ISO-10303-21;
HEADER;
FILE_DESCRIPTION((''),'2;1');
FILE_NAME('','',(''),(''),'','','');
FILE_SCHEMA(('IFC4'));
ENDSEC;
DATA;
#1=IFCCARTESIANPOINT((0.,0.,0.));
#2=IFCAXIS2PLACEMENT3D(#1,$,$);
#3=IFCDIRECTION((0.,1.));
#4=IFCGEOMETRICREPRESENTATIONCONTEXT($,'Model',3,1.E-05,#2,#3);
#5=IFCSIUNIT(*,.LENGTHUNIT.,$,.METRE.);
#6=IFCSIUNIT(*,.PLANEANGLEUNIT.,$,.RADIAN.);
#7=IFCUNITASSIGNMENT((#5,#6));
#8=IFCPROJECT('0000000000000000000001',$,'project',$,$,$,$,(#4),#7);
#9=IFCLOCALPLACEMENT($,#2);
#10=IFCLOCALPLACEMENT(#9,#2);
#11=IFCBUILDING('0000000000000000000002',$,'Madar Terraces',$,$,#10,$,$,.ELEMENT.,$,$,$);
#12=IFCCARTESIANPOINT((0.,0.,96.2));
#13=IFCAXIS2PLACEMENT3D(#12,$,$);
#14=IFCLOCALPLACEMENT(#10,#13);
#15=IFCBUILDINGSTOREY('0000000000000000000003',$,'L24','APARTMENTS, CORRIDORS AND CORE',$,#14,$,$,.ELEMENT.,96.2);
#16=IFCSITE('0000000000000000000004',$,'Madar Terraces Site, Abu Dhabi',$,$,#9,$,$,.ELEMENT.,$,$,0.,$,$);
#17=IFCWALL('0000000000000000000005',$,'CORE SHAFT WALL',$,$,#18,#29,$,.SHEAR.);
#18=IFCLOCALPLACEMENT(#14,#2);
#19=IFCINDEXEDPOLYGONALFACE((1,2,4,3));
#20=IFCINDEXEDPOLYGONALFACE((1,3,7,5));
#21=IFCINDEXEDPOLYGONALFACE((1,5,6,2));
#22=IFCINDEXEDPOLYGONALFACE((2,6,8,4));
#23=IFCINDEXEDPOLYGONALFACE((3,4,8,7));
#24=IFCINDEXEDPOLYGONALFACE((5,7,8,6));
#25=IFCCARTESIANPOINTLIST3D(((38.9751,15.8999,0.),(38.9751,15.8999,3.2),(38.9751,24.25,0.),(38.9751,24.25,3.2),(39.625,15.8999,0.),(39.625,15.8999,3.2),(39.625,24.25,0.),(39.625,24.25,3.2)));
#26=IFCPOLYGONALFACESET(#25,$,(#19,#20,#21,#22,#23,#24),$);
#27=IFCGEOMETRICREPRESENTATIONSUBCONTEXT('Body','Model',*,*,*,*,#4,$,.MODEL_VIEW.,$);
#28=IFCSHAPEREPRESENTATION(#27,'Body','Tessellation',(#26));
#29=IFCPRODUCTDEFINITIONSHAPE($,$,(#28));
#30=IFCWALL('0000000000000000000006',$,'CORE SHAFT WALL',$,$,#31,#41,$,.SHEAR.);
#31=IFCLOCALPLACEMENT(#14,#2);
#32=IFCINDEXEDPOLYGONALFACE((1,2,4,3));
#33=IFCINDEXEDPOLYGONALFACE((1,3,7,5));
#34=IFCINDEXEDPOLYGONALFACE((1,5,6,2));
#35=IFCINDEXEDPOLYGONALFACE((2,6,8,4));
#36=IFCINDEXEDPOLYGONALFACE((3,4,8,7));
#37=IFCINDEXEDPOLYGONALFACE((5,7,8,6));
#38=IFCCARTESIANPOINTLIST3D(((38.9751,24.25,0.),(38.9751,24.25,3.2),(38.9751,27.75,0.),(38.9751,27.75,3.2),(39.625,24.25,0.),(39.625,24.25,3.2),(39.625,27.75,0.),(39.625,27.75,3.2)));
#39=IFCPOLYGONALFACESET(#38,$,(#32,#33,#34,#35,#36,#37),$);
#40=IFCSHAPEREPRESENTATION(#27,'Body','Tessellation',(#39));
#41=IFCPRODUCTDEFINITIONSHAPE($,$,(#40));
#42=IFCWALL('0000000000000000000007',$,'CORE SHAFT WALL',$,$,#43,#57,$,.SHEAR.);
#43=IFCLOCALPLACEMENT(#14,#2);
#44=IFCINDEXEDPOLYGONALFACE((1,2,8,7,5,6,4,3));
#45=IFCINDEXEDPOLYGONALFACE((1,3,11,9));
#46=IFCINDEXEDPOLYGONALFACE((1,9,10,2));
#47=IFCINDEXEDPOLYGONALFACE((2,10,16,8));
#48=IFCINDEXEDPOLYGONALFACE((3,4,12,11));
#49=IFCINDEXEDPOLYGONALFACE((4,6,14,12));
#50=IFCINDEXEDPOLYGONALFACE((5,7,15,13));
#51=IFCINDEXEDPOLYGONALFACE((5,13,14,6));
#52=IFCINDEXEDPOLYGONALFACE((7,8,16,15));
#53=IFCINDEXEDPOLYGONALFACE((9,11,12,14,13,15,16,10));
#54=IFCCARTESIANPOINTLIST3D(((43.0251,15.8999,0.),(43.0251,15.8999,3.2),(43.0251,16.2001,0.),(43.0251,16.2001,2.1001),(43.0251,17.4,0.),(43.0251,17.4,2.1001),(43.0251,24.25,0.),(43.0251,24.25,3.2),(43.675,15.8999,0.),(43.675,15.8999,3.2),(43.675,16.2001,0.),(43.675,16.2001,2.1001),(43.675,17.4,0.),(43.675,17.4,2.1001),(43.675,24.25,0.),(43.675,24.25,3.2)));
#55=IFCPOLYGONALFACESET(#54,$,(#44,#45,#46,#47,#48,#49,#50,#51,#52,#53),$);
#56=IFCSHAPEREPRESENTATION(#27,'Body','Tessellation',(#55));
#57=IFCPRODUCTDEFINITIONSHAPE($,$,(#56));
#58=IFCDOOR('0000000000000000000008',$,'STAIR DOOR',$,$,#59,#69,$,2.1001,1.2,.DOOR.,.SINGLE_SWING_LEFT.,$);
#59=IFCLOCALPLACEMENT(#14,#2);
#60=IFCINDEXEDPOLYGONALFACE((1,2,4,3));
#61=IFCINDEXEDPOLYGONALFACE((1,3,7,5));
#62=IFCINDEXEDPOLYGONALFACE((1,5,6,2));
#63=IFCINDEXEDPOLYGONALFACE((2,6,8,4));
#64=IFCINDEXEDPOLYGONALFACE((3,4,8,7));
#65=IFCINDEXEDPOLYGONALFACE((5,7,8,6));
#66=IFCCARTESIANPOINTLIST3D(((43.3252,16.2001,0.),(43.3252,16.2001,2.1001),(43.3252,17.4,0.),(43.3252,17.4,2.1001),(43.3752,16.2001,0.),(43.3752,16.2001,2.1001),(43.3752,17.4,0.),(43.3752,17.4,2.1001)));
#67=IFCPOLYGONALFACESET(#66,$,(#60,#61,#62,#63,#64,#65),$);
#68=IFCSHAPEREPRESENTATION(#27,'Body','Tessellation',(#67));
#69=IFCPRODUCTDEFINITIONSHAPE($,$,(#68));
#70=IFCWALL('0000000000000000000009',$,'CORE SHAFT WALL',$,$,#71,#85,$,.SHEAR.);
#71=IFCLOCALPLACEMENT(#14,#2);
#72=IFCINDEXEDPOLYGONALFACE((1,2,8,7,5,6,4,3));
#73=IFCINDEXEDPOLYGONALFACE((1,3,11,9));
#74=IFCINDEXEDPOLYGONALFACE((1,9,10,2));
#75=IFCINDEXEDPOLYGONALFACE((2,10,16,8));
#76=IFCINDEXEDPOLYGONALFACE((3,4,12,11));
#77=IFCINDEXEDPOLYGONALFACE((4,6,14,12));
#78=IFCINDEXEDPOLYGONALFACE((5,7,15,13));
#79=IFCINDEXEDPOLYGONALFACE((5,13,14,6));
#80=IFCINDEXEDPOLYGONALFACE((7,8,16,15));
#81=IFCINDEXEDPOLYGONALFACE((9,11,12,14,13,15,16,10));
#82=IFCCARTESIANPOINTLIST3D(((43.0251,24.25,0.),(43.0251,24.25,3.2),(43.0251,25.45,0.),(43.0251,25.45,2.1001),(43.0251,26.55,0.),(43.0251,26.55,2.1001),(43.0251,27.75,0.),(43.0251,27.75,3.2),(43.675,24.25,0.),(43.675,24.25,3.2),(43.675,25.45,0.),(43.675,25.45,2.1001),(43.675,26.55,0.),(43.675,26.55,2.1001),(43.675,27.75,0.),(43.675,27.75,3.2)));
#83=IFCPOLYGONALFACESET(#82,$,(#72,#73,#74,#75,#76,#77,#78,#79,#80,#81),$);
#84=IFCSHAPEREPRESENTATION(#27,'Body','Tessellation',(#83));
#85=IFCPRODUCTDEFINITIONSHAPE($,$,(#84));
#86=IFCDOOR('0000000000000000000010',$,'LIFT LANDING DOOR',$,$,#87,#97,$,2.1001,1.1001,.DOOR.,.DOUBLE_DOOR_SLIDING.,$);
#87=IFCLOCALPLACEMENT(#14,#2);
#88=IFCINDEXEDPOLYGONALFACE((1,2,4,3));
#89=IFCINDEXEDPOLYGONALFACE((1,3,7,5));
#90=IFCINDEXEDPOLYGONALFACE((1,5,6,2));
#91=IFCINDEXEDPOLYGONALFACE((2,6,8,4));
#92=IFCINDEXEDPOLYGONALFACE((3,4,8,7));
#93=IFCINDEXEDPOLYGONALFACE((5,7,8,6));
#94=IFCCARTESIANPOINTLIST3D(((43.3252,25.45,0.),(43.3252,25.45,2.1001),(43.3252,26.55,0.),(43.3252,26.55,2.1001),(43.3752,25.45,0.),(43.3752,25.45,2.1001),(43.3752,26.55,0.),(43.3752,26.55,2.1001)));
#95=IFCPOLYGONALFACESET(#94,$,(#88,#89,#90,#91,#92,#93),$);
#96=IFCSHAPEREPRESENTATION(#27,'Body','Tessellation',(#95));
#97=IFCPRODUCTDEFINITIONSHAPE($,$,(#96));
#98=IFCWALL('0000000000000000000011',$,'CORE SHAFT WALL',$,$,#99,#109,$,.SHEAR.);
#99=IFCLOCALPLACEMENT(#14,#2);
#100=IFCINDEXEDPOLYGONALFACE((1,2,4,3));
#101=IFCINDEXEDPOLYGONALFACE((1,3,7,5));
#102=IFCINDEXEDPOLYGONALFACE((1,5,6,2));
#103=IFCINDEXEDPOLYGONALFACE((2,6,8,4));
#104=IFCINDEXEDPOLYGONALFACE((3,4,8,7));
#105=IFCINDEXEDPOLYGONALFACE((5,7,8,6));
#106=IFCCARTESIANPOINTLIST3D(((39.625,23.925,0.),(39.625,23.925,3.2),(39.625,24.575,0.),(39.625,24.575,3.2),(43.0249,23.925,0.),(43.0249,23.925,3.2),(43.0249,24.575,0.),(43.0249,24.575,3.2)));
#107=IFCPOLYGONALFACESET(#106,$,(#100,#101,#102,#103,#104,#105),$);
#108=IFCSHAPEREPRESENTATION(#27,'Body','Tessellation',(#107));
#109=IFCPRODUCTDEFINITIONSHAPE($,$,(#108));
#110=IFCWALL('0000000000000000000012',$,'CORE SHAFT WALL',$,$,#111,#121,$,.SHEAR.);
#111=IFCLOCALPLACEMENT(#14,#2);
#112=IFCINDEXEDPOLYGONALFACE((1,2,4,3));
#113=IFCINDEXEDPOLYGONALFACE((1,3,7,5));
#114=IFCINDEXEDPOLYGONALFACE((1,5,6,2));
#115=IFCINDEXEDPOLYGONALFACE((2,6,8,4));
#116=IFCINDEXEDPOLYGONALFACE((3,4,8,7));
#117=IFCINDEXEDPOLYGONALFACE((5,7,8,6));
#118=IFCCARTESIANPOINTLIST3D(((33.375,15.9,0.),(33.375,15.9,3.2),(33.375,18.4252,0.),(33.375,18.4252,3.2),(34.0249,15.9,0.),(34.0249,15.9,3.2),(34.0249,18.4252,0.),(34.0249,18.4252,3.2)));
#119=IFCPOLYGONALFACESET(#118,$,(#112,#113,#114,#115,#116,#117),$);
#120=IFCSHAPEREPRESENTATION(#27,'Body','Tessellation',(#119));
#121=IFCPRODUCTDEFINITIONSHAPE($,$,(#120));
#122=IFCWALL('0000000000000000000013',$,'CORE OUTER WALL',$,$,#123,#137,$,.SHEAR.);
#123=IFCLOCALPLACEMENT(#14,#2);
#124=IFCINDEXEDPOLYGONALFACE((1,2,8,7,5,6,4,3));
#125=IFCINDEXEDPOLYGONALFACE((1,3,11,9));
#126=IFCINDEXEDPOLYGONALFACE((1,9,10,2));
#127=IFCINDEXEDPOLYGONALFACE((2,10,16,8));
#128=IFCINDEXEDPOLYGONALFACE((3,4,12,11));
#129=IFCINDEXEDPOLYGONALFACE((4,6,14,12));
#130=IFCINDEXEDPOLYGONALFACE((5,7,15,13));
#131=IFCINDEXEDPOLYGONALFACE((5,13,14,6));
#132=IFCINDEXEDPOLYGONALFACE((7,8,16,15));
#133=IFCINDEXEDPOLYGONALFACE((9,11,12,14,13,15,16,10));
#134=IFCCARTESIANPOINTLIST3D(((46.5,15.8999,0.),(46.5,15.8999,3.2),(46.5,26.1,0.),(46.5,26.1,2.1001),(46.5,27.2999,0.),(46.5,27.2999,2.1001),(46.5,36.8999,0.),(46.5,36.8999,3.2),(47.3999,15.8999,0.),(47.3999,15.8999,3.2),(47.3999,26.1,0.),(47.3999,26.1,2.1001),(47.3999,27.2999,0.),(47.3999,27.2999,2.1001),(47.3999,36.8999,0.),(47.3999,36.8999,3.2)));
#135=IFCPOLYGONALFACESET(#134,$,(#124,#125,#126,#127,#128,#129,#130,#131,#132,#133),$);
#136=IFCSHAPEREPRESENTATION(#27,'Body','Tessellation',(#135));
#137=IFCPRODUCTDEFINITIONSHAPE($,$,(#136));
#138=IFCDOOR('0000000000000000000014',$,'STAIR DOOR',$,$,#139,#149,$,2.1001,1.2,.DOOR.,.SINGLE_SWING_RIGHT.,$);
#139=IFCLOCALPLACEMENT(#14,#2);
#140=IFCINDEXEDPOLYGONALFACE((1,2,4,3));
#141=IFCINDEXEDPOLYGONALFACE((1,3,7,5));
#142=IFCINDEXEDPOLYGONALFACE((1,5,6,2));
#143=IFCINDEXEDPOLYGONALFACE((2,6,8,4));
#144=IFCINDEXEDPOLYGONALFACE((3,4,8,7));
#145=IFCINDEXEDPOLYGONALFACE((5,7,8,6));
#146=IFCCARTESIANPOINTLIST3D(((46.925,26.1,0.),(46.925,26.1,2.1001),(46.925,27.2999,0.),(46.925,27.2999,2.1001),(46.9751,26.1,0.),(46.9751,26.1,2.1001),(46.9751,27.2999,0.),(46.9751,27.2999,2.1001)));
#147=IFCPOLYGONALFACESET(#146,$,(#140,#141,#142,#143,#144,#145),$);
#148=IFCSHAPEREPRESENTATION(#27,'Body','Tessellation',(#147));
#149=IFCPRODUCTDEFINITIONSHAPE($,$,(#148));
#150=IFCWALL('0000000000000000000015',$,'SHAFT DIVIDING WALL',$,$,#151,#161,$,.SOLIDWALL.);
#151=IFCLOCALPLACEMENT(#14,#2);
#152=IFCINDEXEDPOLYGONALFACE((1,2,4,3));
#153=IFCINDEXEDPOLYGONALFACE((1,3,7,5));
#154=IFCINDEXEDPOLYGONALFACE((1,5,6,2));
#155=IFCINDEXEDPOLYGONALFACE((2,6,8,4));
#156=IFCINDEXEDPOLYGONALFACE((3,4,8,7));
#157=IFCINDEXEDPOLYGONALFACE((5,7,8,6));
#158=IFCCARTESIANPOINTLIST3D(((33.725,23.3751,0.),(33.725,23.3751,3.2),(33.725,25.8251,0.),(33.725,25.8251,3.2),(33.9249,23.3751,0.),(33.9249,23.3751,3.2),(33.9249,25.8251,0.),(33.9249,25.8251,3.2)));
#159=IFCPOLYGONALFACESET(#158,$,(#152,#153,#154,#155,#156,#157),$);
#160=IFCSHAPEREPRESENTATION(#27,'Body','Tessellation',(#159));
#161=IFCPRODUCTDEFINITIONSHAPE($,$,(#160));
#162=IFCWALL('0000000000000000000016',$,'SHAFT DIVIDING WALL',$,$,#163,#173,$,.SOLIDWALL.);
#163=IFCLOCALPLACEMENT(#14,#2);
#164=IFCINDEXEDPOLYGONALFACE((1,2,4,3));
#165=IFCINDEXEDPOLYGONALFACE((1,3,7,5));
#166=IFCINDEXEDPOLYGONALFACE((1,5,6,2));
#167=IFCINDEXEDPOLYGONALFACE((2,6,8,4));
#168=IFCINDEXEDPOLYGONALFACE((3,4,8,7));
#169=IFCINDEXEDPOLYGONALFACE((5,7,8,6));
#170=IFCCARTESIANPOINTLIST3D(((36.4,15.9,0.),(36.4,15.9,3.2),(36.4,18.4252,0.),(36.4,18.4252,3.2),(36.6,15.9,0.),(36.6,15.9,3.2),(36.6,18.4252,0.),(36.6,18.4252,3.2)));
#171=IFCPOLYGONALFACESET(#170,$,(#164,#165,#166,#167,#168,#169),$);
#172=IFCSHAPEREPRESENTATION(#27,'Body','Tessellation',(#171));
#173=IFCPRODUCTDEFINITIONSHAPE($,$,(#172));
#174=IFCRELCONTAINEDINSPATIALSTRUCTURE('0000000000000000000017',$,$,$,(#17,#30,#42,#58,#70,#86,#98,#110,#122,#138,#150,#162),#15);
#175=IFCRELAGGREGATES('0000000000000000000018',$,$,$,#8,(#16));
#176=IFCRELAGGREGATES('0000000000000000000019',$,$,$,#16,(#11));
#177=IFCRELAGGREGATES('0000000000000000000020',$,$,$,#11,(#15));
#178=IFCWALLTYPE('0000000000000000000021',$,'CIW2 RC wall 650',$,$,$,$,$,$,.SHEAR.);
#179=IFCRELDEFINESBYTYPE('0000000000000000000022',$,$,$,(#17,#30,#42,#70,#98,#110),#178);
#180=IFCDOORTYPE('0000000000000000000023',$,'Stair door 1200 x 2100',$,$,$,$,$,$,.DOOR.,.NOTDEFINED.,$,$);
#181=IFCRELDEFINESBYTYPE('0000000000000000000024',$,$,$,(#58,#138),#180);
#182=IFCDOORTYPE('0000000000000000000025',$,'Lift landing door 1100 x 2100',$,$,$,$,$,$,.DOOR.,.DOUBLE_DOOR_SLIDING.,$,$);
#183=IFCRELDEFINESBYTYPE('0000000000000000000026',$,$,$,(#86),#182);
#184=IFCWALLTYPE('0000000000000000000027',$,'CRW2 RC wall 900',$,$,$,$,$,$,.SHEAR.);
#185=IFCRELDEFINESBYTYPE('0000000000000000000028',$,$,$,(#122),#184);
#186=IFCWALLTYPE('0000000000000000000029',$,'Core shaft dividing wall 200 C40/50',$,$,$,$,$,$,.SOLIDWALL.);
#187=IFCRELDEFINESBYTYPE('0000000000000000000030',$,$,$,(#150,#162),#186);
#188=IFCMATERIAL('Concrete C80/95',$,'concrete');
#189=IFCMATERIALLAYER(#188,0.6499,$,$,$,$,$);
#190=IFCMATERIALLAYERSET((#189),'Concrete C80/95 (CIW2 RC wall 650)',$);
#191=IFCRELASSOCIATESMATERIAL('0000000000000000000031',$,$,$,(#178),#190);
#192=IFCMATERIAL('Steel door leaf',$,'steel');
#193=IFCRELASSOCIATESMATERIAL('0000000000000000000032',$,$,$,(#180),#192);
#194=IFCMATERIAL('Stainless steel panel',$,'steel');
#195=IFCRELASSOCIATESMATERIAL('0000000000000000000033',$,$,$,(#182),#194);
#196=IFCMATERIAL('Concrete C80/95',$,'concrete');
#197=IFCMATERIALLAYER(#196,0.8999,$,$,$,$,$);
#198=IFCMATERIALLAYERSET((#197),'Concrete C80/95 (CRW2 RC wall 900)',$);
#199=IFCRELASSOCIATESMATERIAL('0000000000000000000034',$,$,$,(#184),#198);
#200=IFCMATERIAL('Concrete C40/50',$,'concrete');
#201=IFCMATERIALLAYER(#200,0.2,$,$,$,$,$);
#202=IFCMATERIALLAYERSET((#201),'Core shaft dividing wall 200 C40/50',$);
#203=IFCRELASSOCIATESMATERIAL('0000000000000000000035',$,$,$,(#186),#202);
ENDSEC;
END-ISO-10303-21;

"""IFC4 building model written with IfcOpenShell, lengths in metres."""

from ifc_helpers import new_model, si_unit, direction, frame, frame_2d, origin, place, context, subcontext, project, spatial, rectangle, extrude, material, layer, layer_set, type_object, element, fill, save


model = new_model("IFC4")

# Units and contexts
model_context = context("Model", 3, precision=1e-05, world=origin(), true_north=direction((0.0, 1.0)))
body_context = subcontext(model_context, "Body", "Model", "MODEL_VIEW")
ifc_project = project(units=[si_unit("LENGTHUNIT", "METRE"), si_unit("PLANEANGLEUNIT", "RADIAN")], contexts=[model_context])

# Site, building, storey
site_placement = place(None, origin())
site = spatial("IfcSite", under=ifc_project, at=site_placement, Name="Madar Terraces Site, Abu Dhabi", CompositionType="ELEMENT", RefElevation=0.0)
building_placement = place(site_placement, origin())
building = spatial("IfcBuilding", under=site, at=building_placement, Name="Madar Terraces", CompositionType="ELEMENT")
storey_placement = place(building_placement, frame((0.0, 0.0, 96.2)))
storey = spatial("IfcBuildingStorey", under=building, at=storey_placement, Name="L24", Description="APARTMENTS, CORRIDORS AND CORE", CompositionType="ELEMENT", Elevation=96.2)

# Walls
ifc_material_1 = material(Name="Concrete C80/95", Category="concrete")
ifc_layer_1 = layer(ifc_material_1, 0.6499)
ifc_layer_set_1 = layer_set([ifc_layer_1], Name="Concrete C80/95 (CIW2 RC wall 650)")
wall_type_1 = type_object("IfcWallType", Name="CIW2 RC wall 650", PredefinedType="SHEAR", material=ifc_layer_set_1)
wall_1_placement = place(storey_placement, frame((39.3, 15.8999, 0.0), z_axis=(0.0, 0.0, 1.0), x_axis=(0.0, 1.0, 0.0)))
element("IfcWall", 1, at=wall_1_placement, inside=storey, type_object=wall_type_1, Name="CORE SHAFT WALL", PredefinedType="SHEAR", context=body_context, shape_type="SweptSolid", body=[
    extrude(rectangle(XDim=8.3501, YDim=0.6499, at=frame_2d((4.175, 0.0))), origin(), (0.0, 0.0, 1.0), 3.2),
])
wall_2_placement = place(storey_placement, frame((39.3, 24.25, 0.0), z_axis=(0.0, 0.0, 1.0), x_axis=(0.0, 1.0, 0.0)))
element("IfcWall", 2, at=wall_2_placement, inside=storey, type_object=wall_type_1, Name="CORE SHAFT WALL", PredefinedType="SHEAR", context=body_context, shape_type="SweptSolid", body=[
    extrude(rectangle(XDim=3.5, YDim=0.6499, at=frame_2d((1.75, 0.0))), origin(), (0.0, 0.0, 1.0), 3.2),
])

# Walls, openings, doors
wall_3_placement = place(storey_placement, frame((43.3501, 15.8999, 0.0), z_axis=(0.0, 0.0, 1.0), x_axis=(0.0, 1.0, 0.0)))
wall_3 = element("IfcWall", 3, at=wall_3_placement, inside=storey, type_object=wall_type_1, Name="CORE SHAFT WALL", PredefinedType="SHEAR", context=body_context, shape_type="SweptSolid", body=[
    extrude(rectangle(XDim=8.3501, YDim=0.6499, at=frame_2d((4.175, 0.0))), origin(), (0.0, 0.0, 1.0), 3.2),
])
opening_1_placement = place(wall_3_placement, frame((0.3, 0.0, 0.0)))
opening_1 = element("IfcOpeningElement", 4, at=opening_1_placement, cuts=wall_3, PredefinedType="OPENING", context=body_context, shape_type="SweptSolid", body=[
    extrude(rectangle(XDim=1.2, YDim=2.1001, at=frame_2d((0.6001, 1.05))), frame((0.0, 0.335, 0.0), z_axis=(0.0, -1.0, 0.0), x_axis=(1.0, 0.0, 0.0)), (0.0, 0.0, 1.0), 0.6699),
])
ifc_material_2 = material(Name="Steel door leaf", Category="steel")
door_type_1 = type_object("IfcDoorType", Name="Stair door 1200 x 2100", OperationType="NOTDEFINED", PredefinedType="DOOR", material=ifc_material_2)
door_1_placement = place(opening_1_placement, origin())
door_1 = element("IfcDoor", 5, at=door_1_placement, inside=storey, type_object=door_type_1, Name="STAIR DOOR", OperationType="SINGLE_SWING_LEFT", OverallHeight=2.1001, OverallWidth=1.2, PredefinedType="DOOR", context=body_context, shape_type="SweptSolid", body=[
    extrude(rectangle(XDim=1.2, YDim=2.1001, at=frame_2d((0.6001, 1.05))), frame((0.0, 0.0249, 0.0), z_axis=(0.0, -1.0, 0.0), x_axis=(1.0, 0.0, 0.0)), (0.0, 0.0, 1.0), 0.05),
])
fill(opening_1, door_1)
wall_4_placement = place(storey_placement, frame((43.3501, 24.25, 0.0), z_axis=(0.0, 0.0, 1.0), x_axis=(0.0, 1.0, 0.0)))
wall_4 = element("IfcWall", 6, at=wall_4_placement, inside=storey, type_object=wall_type_1, Name="CORE SHAFT WALL", PredefinedType="SHEAR", context=body_context, shape_type="SweptSolid", body=[
    extrude(rectangle(XDim=3.5, YDim=0.6499, at=frame_2d((1.75, 0.0))), origin(), (0.0, 0.0, 1.0), 3.2),
])
opening_2_placement = place(wall_4_placement, frame((1.2, 0.0, 0.0)))
opening_2 = element("IfcOpeningElement", 7, at=opening_2_placement, cuts=wall_4, PredefinedType="OPENING", context=body_context, shape_type="SweptSolid", body=[
    extrude(rectangle(XDim=1.1001, YDim=2.1001, at=frame_2d((0.55, 1.05))), frame((0.0, 0.335, 0.0), z_axis=(0.0, -1.0, 0.0), x_axis=(1.0, 0.0, 0.0)), (0.0, 0.0, 1.0), 0.6699),
])
ifc_material_3 = material(Name="Stainless steel panel", Category="steel")
door_type_2 = type_object("IfcDoorType", Name="Lift landing door 1100 x 2100", OperationType="DOUBLE_DOOR_SLIDING", PredefinedType="DOOR", material=ifc_material_3)
door_2_placement = place(opening_2_placement, origin())
door_2 = element("IfcDoor", 8, at=door_2_placement, inside=storey, type_object=door_type_2, Name="LIFT LANDING DOOR", OperationType="DOUBLE_DOOR_SLIDING", OverallHeight=2.1001, OverallWidth=1.1001, PredefinedType="DOOR", context=body_context, shape_type="SweptSolid", body=[
    extrude(rectangle(XDim=1.1001, YDim=2.1001, at=frame_2d((0.55, 1.05))), frame((0.0, 0.0249, 0.0), z_axis=(0.0, -1.0, 0.0), x_axis=(1.0, 0.0, 0.0)), (0.0, 0.0, 1.0), 0.05),
])
fill(opening_2, door_2)

# Walls
wall_5_placement = place(storey_placement, frame((39.625, 24.25, 0.0), z_axis=(0.0, 0.0, 1.0), x_axis=(1.0, 0.0, 0.0)))
element("IfcWall", 9, at=wall_5_placement, inside=storey, type_object=wall_type_1, Name="CORE SHAFT WALL", PredefinedType="SHEAR", context=body_context, shape_type="SweptSolid", body=[
    extrude(rectangle(XDim=3.3999, YDim=0.6499, at=frame_2d((1.7, 0.0))), origin(), (0.0, 0.0, 1.0), 3.2),
])
wall_6_placement = place(storey_placement, frame((33.7, 15.8999, 0.0), z_axis=(0.0, 0.0, 1.0), x_axis=(0.0, 1.0, 0.0)))
element("IfcWall", 10, at=wall_6_placement, inside=storey, type_object=wall_type_1, Name="CORE SHAFT WALL", PredefinedType="SHEAR", context=body_context, shape_type="SweptSolid", body=[
    extrude(rectangle(XDim=2.5251, YDim=0.6499, at=frame_2d((1.2627, 0.0))), origin(), (0.0, 0.0, 1.0), 3.2),
])

# Wall, opening, door
ifc_material_4 = material(Name="Concrete C80/95", Category="concrete")
ifc_layer_2 = layer(ifc_material_4, 0.8999)
ifc_layer_set_2 = layer_set([ifc_layer_2], Name="Concrete C80/95 (CRW2 RC wall 900)")
wall_type_2 = type_object("IfcWallType", Name="CRW2 RC wall 900", PredefinedType="SHEAR", material=ifc_layer_set_2)
wall_7_placement = place(storey_placement, frame((46.95, 15.8999, 0.0), z_axis=(0.0, 0.0, 1.0), x_axis=(0.0, 1.0, 0.0)))
wall_7 = element("IfcWall", 11, at=wall_7_placement, inside=storey, type_object=wall_type_2, Name="CORE OUTER WALL", PredefinedType="SHEAR", context=body_context, shape_type="SweptSolid", body=[
    extrude(rectangle(XDim=21.0, YDim=0.8999, at=frame_2d((10.5, 0.0))), origin(), (0.0, 0.0, 1.0), 3.2),
])
opening_3_placement = place(wall_7_placement, frame((10.2, 0.0, 0.0)))
opening_3 = element("IfcOpeningElement", 12, at=opening_3_placement, cuts=wall_7, PredefinedType="OPENING", context=body_context, shape_type="SweptSolid", body=[
    extrude(rectangle(XDim=1.2, YDim=2.1001, at=frame_2d((0.6001, 1.05))), frame((0.0, 0.46, 0.0), z_axis=(0.0, -1.0, 0.0), x_axis=(1.0, 0.0, 0.0)), (0.0, 0.0, 1.0), 0.9199),
])
door_3_placement = place(opening_3_placement, origin())
door_3 = element("IfcDoor", 13, at=door_3_placement, inside=storey, type_object=door_type_1, Name="STAIR DOOR", OperationType="SINGLE_SWING_RIGHT", OverallHeight=2.1001, OverallWidth=1.2, PredefinedType="DOOR", context=body_context, shape_type="SweptSolid", body=[
    extrude(rectangle(XDim=1.2, YDim=2.1001, at=frame_2d((0.6001, 1.05))), frame((0.0, 0.0249, 0.0), z_axis=(0.0, -1.0, 0.0), x_axis=(1.0, 0.0, 0.0)), (0.0, 0.0, 1.0), 0.05),
])
fill(opening_3, door_3)

# Walls
ifc_material_5 = material(Name="Concrete C40/50", Category="concrete")
ifc_layer_3 = layer(ifc_material_5, 0.2)
ifc_layer_set_3 = layer_set([ifc_layer_3], Name="Core shaft dividing wall 200 C40/50")
wall_type_3 = type_object("IfcWallType", Name="Core shaft dividing wall 200 C40/50", PredefinedType="SOLIDWALL", material=ifc_layer_set_3)
wall_8_placement = place(storey_placement, frame((33.825, 23.375, 0.0), z_axis=(0.0, 0.0, 1.0), x_axis=(0.0, 1.0, 0.0)))
element("IfcWall", 14, at=wall_8_placement, inside=storey, type_object=wall_type_3, Name="SHAFT DIVIDING WALL", PredefinedType="SOLIDWALL", context=body_context, shape_type="SweptSolid", body=[
    extrude(rectangle(XDim=2.45, YDim=0.2, at=frame_2d((1.2251, 0.0))), origin(), (0.0, 0.0, 1.0), 3.2),
])
wall_9_placement = place(storey_placement, frame((36.5, 15.8999, 0.0), z_axis=(0.0, 0.0, 1.0), x_axis=(0.0, 1.0, 0.0)))
element("IfcWall", 15, at=wall_9_placement, inside=storey, type_object=wall_type_3, Name="SHAFT DIVIDING WALL", PredefinedType="SOLIDWALL", context=body_context, shape_type="SweptSolid", body=[
    extrude(rectangle(XDim=2.5251, YDim=0.2, at=frame_2d((1.2627, 0.0))), origin(), (0.0, 0.0, 1.0), 3.2),
])

save(model, "model.ifc")
